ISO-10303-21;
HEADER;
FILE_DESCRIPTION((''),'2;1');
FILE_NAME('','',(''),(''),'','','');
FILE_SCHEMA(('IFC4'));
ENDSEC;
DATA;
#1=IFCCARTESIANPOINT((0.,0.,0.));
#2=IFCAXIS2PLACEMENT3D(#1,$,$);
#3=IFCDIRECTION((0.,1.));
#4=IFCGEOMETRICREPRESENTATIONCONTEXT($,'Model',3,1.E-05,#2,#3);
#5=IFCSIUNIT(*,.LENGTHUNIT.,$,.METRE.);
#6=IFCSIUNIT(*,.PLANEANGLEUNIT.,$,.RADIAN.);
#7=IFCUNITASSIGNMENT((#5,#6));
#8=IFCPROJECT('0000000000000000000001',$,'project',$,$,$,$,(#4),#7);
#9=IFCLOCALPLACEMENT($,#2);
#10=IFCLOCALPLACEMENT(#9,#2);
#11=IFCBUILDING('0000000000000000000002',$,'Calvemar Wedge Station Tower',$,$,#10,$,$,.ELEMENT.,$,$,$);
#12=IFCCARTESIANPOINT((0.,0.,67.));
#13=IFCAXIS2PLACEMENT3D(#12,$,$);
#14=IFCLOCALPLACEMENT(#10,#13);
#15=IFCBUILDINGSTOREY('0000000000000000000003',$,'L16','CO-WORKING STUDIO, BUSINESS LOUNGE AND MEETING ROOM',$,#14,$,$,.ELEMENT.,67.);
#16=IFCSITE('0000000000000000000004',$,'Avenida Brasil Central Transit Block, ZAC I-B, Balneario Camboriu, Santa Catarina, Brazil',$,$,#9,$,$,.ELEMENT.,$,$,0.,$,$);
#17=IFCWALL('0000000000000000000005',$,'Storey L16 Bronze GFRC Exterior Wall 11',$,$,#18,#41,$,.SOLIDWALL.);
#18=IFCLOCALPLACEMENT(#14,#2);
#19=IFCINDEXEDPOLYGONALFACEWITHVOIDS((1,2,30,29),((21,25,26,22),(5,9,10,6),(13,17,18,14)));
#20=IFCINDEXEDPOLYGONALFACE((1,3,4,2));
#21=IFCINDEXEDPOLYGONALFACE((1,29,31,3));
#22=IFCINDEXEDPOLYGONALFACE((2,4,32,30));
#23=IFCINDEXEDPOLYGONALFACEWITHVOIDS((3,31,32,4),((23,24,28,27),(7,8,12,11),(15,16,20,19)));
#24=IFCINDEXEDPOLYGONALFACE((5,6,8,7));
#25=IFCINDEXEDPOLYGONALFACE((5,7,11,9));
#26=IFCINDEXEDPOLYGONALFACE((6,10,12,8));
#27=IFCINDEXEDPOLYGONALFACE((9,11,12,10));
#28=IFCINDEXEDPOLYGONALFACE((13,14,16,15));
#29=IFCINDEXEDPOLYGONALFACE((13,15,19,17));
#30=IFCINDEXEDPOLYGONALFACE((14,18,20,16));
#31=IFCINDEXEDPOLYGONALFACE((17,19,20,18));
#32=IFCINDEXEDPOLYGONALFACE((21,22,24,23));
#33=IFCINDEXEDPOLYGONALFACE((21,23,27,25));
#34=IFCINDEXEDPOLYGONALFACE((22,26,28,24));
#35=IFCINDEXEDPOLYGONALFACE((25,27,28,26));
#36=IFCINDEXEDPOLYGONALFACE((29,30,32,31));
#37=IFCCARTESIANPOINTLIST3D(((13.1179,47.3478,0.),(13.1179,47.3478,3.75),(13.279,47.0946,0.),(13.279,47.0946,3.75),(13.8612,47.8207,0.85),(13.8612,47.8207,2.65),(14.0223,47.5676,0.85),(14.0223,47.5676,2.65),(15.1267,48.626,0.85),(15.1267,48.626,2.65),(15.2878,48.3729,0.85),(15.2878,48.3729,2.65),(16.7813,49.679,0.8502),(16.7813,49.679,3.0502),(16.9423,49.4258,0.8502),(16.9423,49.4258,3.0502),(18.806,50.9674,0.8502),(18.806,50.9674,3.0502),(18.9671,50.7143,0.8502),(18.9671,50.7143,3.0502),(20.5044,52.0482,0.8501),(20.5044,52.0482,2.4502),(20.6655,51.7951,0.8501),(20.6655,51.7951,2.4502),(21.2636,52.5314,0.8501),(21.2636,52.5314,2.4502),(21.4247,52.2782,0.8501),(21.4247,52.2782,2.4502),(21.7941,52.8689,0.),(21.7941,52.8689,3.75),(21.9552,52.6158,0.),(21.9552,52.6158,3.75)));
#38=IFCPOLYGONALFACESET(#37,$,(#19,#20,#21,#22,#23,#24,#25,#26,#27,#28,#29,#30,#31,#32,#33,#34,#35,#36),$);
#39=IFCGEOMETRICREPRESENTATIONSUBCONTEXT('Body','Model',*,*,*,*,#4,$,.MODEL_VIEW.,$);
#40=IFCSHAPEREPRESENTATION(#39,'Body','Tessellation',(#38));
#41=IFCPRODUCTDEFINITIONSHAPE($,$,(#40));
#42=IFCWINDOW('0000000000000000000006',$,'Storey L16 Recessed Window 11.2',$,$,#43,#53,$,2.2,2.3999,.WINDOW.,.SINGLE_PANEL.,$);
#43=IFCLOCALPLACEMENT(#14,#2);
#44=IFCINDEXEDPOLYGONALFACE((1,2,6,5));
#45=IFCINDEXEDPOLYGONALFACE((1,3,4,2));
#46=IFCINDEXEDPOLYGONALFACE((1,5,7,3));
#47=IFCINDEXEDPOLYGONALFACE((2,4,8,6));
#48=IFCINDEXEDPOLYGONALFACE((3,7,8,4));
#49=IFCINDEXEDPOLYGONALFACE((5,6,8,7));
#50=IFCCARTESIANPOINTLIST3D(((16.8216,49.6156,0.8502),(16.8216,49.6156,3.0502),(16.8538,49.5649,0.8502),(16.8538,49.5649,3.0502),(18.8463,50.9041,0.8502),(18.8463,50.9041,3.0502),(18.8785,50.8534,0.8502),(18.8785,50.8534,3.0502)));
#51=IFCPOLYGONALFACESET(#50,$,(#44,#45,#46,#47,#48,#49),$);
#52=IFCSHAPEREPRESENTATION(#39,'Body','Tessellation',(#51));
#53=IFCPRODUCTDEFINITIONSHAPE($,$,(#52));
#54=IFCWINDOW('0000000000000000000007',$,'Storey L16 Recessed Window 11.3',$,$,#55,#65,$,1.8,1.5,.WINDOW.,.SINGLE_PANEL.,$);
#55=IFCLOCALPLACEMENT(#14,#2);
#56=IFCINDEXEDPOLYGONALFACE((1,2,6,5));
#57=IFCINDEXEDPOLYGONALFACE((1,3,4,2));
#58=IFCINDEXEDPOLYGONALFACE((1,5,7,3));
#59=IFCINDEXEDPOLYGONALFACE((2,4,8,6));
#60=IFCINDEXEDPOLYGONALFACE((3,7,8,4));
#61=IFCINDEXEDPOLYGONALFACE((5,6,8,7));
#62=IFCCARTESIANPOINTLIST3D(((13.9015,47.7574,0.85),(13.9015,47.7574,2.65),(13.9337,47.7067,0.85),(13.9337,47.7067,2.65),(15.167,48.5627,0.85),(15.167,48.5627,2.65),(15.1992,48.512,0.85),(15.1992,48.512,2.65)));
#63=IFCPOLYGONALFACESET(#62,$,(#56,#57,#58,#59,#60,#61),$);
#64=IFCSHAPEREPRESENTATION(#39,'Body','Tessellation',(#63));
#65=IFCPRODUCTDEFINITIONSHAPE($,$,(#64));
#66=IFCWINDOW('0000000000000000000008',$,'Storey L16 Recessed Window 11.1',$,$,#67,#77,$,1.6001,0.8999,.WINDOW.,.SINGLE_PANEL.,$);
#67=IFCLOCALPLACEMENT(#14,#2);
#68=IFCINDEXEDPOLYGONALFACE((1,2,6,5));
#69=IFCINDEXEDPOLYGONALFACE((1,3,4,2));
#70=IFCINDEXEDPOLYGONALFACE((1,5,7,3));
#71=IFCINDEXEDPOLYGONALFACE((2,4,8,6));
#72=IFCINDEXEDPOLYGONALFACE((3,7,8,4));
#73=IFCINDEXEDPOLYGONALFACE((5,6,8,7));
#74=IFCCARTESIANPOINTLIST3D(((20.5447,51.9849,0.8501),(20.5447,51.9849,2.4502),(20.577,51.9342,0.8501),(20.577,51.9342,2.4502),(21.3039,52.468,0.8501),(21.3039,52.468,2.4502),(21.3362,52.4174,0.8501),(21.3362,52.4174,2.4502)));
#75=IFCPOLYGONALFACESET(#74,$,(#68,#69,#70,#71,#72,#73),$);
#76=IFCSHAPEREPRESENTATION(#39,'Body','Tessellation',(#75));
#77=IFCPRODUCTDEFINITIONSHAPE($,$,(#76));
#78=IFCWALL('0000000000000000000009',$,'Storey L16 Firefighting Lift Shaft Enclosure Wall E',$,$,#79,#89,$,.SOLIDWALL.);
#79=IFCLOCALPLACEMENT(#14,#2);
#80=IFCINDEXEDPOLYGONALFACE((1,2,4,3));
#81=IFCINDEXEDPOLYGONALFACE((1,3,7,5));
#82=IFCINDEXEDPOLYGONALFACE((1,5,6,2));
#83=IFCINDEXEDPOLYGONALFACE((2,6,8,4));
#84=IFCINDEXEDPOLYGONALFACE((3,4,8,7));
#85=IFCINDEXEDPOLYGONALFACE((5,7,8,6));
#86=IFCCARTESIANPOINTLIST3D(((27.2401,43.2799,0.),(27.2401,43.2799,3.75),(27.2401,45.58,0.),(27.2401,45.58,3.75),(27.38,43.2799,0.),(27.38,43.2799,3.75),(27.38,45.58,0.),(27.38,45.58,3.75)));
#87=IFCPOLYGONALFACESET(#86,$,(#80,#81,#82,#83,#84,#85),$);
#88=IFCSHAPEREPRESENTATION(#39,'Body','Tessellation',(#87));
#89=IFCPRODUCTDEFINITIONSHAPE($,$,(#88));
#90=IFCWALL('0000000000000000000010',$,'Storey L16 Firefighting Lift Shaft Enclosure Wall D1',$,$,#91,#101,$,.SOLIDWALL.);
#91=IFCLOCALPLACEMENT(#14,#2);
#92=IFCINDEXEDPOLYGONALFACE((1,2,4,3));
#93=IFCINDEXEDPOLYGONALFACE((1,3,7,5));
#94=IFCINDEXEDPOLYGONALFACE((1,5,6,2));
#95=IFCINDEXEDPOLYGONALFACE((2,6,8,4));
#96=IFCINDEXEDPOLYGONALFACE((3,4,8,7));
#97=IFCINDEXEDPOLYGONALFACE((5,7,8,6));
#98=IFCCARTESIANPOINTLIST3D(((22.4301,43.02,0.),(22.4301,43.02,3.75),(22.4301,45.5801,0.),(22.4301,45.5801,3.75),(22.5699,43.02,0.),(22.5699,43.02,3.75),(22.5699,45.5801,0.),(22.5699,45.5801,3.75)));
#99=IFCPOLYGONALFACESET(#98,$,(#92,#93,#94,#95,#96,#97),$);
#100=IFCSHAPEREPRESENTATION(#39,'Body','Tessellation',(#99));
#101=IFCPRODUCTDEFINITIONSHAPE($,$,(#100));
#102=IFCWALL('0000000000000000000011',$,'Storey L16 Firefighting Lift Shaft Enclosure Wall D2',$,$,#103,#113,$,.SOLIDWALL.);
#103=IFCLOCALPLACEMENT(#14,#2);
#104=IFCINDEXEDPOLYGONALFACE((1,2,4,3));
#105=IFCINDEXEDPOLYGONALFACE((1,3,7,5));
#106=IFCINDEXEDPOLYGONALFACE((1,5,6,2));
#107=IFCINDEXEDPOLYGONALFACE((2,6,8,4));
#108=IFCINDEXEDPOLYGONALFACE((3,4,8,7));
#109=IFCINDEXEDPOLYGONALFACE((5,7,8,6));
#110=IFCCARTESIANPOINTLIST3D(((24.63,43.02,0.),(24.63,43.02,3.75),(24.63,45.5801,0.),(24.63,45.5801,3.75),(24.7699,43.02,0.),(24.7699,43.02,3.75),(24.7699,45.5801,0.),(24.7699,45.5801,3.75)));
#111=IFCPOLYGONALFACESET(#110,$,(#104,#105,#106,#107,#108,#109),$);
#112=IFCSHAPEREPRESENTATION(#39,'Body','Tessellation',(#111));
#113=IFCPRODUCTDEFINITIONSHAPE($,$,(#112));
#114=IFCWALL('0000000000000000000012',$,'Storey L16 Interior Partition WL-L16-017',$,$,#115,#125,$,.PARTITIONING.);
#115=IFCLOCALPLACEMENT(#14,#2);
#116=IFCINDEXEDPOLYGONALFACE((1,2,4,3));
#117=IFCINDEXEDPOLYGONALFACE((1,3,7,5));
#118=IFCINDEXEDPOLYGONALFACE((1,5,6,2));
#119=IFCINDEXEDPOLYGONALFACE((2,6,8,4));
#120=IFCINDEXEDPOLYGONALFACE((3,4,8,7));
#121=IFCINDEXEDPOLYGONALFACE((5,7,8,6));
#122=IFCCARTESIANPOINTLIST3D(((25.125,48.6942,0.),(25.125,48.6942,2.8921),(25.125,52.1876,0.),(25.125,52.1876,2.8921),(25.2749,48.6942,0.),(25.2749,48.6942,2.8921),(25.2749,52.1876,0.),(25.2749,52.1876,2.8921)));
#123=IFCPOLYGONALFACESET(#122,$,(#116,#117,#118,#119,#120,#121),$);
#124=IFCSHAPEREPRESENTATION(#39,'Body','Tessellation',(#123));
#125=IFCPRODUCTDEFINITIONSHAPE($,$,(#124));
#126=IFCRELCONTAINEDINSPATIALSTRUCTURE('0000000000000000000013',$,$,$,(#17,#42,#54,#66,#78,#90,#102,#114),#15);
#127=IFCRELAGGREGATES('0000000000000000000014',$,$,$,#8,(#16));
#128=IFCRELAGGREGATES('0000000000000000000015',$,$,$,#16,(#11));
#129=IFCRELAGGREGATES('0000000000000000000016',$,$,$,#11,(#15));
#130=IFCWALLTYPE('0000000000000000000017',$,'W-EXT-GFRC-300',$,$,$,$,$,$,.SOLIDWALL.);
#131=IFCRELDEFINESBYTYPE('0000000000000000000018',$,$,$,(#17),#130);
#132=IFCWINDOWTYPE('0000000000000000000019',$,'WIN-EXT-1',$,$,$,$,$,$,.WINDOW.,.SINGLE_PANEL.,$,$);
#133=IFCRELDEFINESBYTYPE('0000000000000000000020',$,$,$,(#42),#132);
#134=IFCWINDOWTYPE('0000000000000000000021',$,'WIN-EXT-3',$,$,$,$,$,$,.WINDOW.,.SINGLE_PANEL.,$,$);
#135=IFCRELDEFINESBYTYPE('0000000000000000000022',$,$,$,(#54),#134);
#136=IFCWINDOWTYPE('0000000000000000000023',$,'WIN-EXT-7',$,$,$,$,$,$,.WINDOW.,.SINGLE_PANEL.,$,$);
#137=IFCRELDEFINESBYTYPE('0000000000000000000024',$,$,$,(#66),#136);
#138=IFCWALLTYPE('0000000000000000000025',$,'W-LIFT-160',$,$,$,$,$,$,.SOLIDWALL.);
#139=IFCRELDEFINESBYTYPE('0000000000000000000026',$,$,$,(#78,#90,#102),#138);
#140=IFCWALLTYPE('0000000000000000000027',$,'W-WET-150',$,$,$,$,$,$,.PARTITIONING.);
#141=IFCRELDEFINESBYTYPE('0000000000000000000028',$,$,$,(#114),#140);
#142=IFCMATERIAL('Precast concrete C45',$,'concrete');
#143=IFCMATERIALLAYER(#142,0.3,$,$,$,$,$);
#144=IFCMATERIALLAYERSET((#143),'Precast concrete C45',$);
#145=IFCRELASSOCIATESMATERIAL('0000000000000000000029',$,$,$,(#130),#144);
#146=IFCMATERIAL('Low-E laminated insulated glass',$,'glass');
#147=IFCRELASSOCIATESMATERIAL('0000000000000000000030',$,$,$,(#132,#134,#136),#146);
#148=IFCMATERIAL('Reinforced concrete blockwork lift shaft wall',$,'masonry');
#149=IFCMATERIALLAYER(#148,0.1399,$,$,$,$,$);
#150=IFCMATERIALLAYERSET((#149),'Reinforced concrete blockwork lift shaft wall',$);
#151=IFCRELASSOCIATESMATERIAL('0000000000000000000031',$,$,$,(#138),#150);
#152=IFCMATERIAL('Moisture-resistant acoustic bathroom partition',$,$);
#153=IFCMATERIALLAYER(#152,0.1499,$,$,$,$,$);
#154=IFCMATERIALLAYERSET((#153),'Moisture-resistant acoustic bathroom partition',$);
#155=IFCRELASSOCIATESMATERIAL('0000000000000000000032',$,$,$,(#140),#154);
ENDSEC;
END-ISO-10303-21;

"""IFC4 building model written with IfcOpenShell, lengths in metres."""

from ifc_helpers import new_model, si_unit, direction, frame, frame_2d, origin, place, context, subcontext, project, spatial, rectangle, extrude, source, transform, mapped, material, layer, layer_set, type_object, element, fill, save


model = new_model("IFC4")

# Units and contexts
model_context = context("Model", 3, precision=1e-05, world=origin(), true_north=direction((0.0, 1.0)))
body_context = subcontext(model_context, "Body", "Model", "MODEL_VIEW")
ifc_project = project(units=[si_unit("LENGTHUNIT", "METRE"), si_unit("PLANEANGLEUNIT", "RADIAN")], contexts=[model_context])

# Site, building, storey
site_placement = place(None, origin())
site = spatial("IfcSite", under=ifc_project, at=site_placement, Name="Avenida Brasil Central Transit Block, ZAC I-B, Balneario Camboriu, Santa Catarina, Brazil", CompositionType="ELEMENT", RefElevation=0.0)
building_placement = place(site_placement, origin())
building = spatial("IfcBuilding", under=site, at=building_placement, Name="Calvemar Wedge Station Tower", CompositionType="ELEMENT")
storey_placement = place(building_placement, frame((0.0, 0.0, 67.0)))
storey = spatial("IfcBuildingStorey", under=building, at=storey_placement, Name="L16", Description="CO-WORKING STUDIO, BUSINESS LOUNGE AND MEETING ROOM", CompositionType="ELEMENT", Elevation=67.0)

# Wall, openings, windows
ifc_material_1 = material(Name="Precast concrete C45", Category="concrete")
ifc_layer_1 = layer(ifc_material_1, 0.3)
ifc_layer_set_1 = layer_set([ifc_layer_1], Name="Precast concrete C45")
wall_type_1 = type_object("IfcWallType", Name="W-EXT-GFRC-300", PredefinedType="SOLIDWALL", material=ifc_layer_set_1)
wall_1_placement = place(storey_placement, frame((21.8748, 52.7424, 0.0), z_axis=(0.0, 0.0, 1.0), x_axis=(-0.843662, -0.536874, 0.0)))
wall_1 = element("IfcWall", 1, at=wall_1_placement, inside=storey, type_object=wall_type_1, Name="Storey L16 Bronze GFRC Exterior Wall 11", PredefinedType="SOLIDWALL", context=body_context, shape_type="SweptSolid", body=[
    extrude(rectangle(XDim=10.2839, YDim=0.3, at=frame_2d((5.1421, 0.0))), origin(), (0.0, 0.0, 1.0), 3.75),
])
shared_shape_1 = source(origin(), body_context, "Body", "SweptSolid", [
    extrude(rectangle(XDim=0.8999, YDim=1.6001, at=frame_2d((0.45, 0.8))), frame((0.0, 0.1602, 0.0), z_axis=(0.0, -1.0, 0.0), x_axis=(1.0, 0.0, 0.0)), (0.0, 0.0, 1.0), 0.3201),
])
opening_1_placement = place(wall_1_placement, frame((0.6289, 0.0, 0.8501)))
opening_1 = element("IfcOpeningElement", 2, at=opening_1_placement, cuts=wall_1, PredefinedType="OPENING", context=body_context, shape_type="MappedRepresentation", body=[
    mapped(shared_shape_1, transform((0.0, 0.0, 0.0), scale=1.0)),
])
shared_shape_2 = source(origin(), body_context, "Body", "SweptSolid", [
    extrude(rectangle(XDim=2.3999, YDim=2.2, at=frame_2d((1.2, 1.1001))), frame((0.0, 0.1602, 0.0), z_axis=(0.0, -1.0, 0.0), x_axis=(1.0, 0.0, 0.0)), (0.0, 0.0, 1.0), 0.3201),
])
opening_2_placement = place(wall_1_placement, frame((3.542, 0.0, 0.8501)))
opening_2 = element("IfcOpeningElement", 3, at=opening_2_placement, cuts=wall_1, PredefinedType="OPENING", context=body_context, shape_type="MappedRepresentation", body=[
    mapped(shared_shape_2, transform((0.0, 0.0, 0.0), scale=1.0)),
])
shared_shape_3 = source(origin(), body_context, "Body", "SweptSolid", [
    extrude(rectangle(XDim=1.5, YDim=1.8, at=frame_2d((0.75, 0.8999))), frame((0.0, 0.1602, 0.0), z_axis=(0.0, -1.0, 0.0), x_axis=(1.0, 0.0, 0.0)), (0.0, 0.0, 1.0), 0.3201),
])
opening_3_placement = place(wall_1_placement, frame((7.9031, 0.0, 0.8501)))
opening_3 = element("IfcOpeningElement", 4, at=opening_3_placement, cuts=wall_1, PredefinedType="OPENING", context=body_context, shape_type="MappedRepresentation", body=[
    mapped(shared_shape_3, transform((0.0, 0.0, 0.0), scale=1.0)),
])
ifc_material_2 = material(Name="Low-E laminated insulated glass", Category="glass")
window_type_1 = type_object("IfcWindowType", Name="WIN-EXT-1", PartitioningType="SINGLE_PANEL", PredefinedType="WINDOW", material=ifc_material_2)
shared_shape_4 = source(origin(), body_context, "Body", "SweptSolid", [
    extrude(rectangle(XDim=2.3999, YDim=2.2, at=frame_2d((1.2, 1.1001))), frame((0.0, -0.0149, 0.0), z_axis=(0.0, -1.0, 0.0), x_axis=(1.0, 0.0, 0.0)), (0.0, 0.0, 1.0), 0.0601),
])
window_1_placement = place(opening_2_placement, origin())
window_1 = element("IfcWindow", 5, at=window_1_placement, inside=storey, type_object=window_type_1, Name="Storey L16 Recessed Window 11.2", OverallHeight=2.2, OverallWidth=2.3999, PartitioningType="SINGLE_PANEL", PredefinedType="WINDOW", context=body_context, shape_type="MappedRepresentation", body=[
    mapped(shared_shape_4, transform((0.0, 0.0, 0.0), scale=1.0)),
])
fill(opening_2, window_1)
window_type_2 = type_object("IfcWindowType", Name="WIN-EXT-3", PartitioningType="SINGLE_PANEL", PredefinedType="WINDOW", material=ifc_material_2)
shared_shape_5 = source(origin(), body_context, "Body", "SweptSolid", [
    extrude(rectangle(XDim=1.5, YDim=1.8, at=frame_2d((0.75, 0.8999))), frame((0.0, -0.0149, 0.0), z_axis=(0.0, -1.0, 0.0), x_axis=(1.0, 0.0, 0.0)), (0.0, 0.0, 1.0), 0.0601),
])
window_2_placement = place(opening_3_placement, origin())
window_2 = element("IfcWindow", 6, at=window_2_placement, inside=storey, type_object=window_type_2, Name="Storey L16 Recessed Window 11.3", OverallHeight=1.8, OverallWidth=1.5, PartitioningType="SINGLE_PANEL", PredefinedType="WINDOW", context=body_context, shape_type="MappedRepresentation", body=[
    mapped(shared_shape_5, transform((0.0, 0.0, 0.0), scale=1.0)),
])
fill(opening_3, window_2)
window_type_3 = type_object("IfcWindowType", Name="WIN-EXT-7", PartitioningType="SINGLE_PANEL", PredefinedType="WINDOW", material=ifc_material_2)
shared_shape_6 = source(origin(), body_context, "Body", "SweptSolid", [
    extrude(rectangle(XDim=0.8999, YDim=1.6001, at=frame_2d((0.45, 0.8))), frame((0.0, -0.0149, 0.0), z_axis=(0.0, -1.0, 0.0), x_axis=(1.0, 0.0, 0.0)), (0.0, 0.0, 1.0), 0.0601),
])
window_3_placement = place(opening_1_placement, origin())
window_3 = element("IfcWindow", 7, at=window_3_placement, inside=storey, type_object=window_type_3, Name="Storey L16 Recessed Window 11.1", OverallHeight=1.6001, OverallWidth=0.8999, PartitioningType="SINGLE_PANEL", PredefinedType="WINDOW", context=body_context, shape_type="MappedRepresentation", body=[
    mapped(shared_shape_6, transform((0.0, 0.0, 0.0), scale=1.0)),
])
fill(opening_1, window_3)

# Walls
ifc_material_3 = material(Name="Reinforced concrete blockwork lift shaft wall", Category="masonry")
ifc_layer_2 = layer(ifc_material_3, 0.1399)
ifc_layer_set_2 = layer_set([ifc_layer_2], Name="Reinforced concrete blockwork lift shaft wall")
wall_type_2 = type_object("IfcWallType", Name="W-LIFT-160", PredefinedType="SOLIDWALL", material=ifc_layer_set_2)
wall_2_placement = place(storey_placement, frame((27.3101, 43.28, 0.0), z_axis=(0.0, 0.0, 1.0), x_axis=(0.0, 1.0, 0.0)))
element("IfcWall", 8, at=wall_2_placement, inside=storey, type_object=wall_type_2, Name="Storey L16 Firefighting Lift Shaft Enclosure Wall E", PredefinedType="SOLIDWALL", context=body_context, shape_type="SweptSolid", body=[
    extrude(rectangle(XDim=2.3, YDim=0.1399, at=frame_2d((1.1499, 0.0))), origin(), (0.0, 0.0, 1.0), 3.75),
])
for number, where, z_axis, x_axis, name in (
    (9, (22.5, 43.02, 0.0), (0.0, 0.0, 1.0), (0.0, 1.0, 0.0), "Storey L16 Firefighting Lift Shaft Enclosure Wall D1"),
    (10, (24.7, 43.02, 0.0), (0.0, 0.0, 1.0), (0.0, 1.0, 0.0), "Storey L16 Firefighting Lift Shaft Enclosure Wall D2"),
):
    element("IfcWall", number, at=place(storey_placement, frame(where, z_axis=z_axis, x_axis=x_axis)), inside=storey, type_object=wall_type_2, Name=name, PredefinedType="SOLIDWALL", context=body_context, shape_type="SweptSolid", body=[
        extrude(rectangle(XDim=2.5601, YDim=0.1399, at=frame_2d((1.28, 0.0))), origin(), (0.0, 0.0, 1.0), 3.75),
    ])
ifc_material_4 = material(Name="Moisture-resistant acoustic bathroom partition")
ifc_layer_3 = layer(ifc_material_4, 0.1499)
ifc_layer_set_3 = layer_set([ifc_layer_3], Name="Moisture-resistant acoustic bathroom partition")
wall_type_3 = type_object("IfcWallType", Name="W-WET-150", PredefinedType="PARTITIONING", material=ifc_layer_set_3)
wall_3_placement = place(storey_placement, frame((25.2, 52.1875, 0.0), z_axis=(0.0, 0.0, 1.0), x_axis=(0.0, -1.0, 0.0)))
element("IfcWall", 11, at=wall_3_placement, inside=storey, type_object=wall_type_3, Name="Storey L16 Interior Partition WL-L16-017", PredefinedType="PARTITIONING", context=body_context, shape_type="SweptSolid", body=[
    extrude(rectangle(XDim=3.4934, YDim=0.1499, at=frame_2d((1.7466, 0.0))), origin(), (0.0, 0.0, 1.0), 2.8921),
])

save(model, "model.ifc")
